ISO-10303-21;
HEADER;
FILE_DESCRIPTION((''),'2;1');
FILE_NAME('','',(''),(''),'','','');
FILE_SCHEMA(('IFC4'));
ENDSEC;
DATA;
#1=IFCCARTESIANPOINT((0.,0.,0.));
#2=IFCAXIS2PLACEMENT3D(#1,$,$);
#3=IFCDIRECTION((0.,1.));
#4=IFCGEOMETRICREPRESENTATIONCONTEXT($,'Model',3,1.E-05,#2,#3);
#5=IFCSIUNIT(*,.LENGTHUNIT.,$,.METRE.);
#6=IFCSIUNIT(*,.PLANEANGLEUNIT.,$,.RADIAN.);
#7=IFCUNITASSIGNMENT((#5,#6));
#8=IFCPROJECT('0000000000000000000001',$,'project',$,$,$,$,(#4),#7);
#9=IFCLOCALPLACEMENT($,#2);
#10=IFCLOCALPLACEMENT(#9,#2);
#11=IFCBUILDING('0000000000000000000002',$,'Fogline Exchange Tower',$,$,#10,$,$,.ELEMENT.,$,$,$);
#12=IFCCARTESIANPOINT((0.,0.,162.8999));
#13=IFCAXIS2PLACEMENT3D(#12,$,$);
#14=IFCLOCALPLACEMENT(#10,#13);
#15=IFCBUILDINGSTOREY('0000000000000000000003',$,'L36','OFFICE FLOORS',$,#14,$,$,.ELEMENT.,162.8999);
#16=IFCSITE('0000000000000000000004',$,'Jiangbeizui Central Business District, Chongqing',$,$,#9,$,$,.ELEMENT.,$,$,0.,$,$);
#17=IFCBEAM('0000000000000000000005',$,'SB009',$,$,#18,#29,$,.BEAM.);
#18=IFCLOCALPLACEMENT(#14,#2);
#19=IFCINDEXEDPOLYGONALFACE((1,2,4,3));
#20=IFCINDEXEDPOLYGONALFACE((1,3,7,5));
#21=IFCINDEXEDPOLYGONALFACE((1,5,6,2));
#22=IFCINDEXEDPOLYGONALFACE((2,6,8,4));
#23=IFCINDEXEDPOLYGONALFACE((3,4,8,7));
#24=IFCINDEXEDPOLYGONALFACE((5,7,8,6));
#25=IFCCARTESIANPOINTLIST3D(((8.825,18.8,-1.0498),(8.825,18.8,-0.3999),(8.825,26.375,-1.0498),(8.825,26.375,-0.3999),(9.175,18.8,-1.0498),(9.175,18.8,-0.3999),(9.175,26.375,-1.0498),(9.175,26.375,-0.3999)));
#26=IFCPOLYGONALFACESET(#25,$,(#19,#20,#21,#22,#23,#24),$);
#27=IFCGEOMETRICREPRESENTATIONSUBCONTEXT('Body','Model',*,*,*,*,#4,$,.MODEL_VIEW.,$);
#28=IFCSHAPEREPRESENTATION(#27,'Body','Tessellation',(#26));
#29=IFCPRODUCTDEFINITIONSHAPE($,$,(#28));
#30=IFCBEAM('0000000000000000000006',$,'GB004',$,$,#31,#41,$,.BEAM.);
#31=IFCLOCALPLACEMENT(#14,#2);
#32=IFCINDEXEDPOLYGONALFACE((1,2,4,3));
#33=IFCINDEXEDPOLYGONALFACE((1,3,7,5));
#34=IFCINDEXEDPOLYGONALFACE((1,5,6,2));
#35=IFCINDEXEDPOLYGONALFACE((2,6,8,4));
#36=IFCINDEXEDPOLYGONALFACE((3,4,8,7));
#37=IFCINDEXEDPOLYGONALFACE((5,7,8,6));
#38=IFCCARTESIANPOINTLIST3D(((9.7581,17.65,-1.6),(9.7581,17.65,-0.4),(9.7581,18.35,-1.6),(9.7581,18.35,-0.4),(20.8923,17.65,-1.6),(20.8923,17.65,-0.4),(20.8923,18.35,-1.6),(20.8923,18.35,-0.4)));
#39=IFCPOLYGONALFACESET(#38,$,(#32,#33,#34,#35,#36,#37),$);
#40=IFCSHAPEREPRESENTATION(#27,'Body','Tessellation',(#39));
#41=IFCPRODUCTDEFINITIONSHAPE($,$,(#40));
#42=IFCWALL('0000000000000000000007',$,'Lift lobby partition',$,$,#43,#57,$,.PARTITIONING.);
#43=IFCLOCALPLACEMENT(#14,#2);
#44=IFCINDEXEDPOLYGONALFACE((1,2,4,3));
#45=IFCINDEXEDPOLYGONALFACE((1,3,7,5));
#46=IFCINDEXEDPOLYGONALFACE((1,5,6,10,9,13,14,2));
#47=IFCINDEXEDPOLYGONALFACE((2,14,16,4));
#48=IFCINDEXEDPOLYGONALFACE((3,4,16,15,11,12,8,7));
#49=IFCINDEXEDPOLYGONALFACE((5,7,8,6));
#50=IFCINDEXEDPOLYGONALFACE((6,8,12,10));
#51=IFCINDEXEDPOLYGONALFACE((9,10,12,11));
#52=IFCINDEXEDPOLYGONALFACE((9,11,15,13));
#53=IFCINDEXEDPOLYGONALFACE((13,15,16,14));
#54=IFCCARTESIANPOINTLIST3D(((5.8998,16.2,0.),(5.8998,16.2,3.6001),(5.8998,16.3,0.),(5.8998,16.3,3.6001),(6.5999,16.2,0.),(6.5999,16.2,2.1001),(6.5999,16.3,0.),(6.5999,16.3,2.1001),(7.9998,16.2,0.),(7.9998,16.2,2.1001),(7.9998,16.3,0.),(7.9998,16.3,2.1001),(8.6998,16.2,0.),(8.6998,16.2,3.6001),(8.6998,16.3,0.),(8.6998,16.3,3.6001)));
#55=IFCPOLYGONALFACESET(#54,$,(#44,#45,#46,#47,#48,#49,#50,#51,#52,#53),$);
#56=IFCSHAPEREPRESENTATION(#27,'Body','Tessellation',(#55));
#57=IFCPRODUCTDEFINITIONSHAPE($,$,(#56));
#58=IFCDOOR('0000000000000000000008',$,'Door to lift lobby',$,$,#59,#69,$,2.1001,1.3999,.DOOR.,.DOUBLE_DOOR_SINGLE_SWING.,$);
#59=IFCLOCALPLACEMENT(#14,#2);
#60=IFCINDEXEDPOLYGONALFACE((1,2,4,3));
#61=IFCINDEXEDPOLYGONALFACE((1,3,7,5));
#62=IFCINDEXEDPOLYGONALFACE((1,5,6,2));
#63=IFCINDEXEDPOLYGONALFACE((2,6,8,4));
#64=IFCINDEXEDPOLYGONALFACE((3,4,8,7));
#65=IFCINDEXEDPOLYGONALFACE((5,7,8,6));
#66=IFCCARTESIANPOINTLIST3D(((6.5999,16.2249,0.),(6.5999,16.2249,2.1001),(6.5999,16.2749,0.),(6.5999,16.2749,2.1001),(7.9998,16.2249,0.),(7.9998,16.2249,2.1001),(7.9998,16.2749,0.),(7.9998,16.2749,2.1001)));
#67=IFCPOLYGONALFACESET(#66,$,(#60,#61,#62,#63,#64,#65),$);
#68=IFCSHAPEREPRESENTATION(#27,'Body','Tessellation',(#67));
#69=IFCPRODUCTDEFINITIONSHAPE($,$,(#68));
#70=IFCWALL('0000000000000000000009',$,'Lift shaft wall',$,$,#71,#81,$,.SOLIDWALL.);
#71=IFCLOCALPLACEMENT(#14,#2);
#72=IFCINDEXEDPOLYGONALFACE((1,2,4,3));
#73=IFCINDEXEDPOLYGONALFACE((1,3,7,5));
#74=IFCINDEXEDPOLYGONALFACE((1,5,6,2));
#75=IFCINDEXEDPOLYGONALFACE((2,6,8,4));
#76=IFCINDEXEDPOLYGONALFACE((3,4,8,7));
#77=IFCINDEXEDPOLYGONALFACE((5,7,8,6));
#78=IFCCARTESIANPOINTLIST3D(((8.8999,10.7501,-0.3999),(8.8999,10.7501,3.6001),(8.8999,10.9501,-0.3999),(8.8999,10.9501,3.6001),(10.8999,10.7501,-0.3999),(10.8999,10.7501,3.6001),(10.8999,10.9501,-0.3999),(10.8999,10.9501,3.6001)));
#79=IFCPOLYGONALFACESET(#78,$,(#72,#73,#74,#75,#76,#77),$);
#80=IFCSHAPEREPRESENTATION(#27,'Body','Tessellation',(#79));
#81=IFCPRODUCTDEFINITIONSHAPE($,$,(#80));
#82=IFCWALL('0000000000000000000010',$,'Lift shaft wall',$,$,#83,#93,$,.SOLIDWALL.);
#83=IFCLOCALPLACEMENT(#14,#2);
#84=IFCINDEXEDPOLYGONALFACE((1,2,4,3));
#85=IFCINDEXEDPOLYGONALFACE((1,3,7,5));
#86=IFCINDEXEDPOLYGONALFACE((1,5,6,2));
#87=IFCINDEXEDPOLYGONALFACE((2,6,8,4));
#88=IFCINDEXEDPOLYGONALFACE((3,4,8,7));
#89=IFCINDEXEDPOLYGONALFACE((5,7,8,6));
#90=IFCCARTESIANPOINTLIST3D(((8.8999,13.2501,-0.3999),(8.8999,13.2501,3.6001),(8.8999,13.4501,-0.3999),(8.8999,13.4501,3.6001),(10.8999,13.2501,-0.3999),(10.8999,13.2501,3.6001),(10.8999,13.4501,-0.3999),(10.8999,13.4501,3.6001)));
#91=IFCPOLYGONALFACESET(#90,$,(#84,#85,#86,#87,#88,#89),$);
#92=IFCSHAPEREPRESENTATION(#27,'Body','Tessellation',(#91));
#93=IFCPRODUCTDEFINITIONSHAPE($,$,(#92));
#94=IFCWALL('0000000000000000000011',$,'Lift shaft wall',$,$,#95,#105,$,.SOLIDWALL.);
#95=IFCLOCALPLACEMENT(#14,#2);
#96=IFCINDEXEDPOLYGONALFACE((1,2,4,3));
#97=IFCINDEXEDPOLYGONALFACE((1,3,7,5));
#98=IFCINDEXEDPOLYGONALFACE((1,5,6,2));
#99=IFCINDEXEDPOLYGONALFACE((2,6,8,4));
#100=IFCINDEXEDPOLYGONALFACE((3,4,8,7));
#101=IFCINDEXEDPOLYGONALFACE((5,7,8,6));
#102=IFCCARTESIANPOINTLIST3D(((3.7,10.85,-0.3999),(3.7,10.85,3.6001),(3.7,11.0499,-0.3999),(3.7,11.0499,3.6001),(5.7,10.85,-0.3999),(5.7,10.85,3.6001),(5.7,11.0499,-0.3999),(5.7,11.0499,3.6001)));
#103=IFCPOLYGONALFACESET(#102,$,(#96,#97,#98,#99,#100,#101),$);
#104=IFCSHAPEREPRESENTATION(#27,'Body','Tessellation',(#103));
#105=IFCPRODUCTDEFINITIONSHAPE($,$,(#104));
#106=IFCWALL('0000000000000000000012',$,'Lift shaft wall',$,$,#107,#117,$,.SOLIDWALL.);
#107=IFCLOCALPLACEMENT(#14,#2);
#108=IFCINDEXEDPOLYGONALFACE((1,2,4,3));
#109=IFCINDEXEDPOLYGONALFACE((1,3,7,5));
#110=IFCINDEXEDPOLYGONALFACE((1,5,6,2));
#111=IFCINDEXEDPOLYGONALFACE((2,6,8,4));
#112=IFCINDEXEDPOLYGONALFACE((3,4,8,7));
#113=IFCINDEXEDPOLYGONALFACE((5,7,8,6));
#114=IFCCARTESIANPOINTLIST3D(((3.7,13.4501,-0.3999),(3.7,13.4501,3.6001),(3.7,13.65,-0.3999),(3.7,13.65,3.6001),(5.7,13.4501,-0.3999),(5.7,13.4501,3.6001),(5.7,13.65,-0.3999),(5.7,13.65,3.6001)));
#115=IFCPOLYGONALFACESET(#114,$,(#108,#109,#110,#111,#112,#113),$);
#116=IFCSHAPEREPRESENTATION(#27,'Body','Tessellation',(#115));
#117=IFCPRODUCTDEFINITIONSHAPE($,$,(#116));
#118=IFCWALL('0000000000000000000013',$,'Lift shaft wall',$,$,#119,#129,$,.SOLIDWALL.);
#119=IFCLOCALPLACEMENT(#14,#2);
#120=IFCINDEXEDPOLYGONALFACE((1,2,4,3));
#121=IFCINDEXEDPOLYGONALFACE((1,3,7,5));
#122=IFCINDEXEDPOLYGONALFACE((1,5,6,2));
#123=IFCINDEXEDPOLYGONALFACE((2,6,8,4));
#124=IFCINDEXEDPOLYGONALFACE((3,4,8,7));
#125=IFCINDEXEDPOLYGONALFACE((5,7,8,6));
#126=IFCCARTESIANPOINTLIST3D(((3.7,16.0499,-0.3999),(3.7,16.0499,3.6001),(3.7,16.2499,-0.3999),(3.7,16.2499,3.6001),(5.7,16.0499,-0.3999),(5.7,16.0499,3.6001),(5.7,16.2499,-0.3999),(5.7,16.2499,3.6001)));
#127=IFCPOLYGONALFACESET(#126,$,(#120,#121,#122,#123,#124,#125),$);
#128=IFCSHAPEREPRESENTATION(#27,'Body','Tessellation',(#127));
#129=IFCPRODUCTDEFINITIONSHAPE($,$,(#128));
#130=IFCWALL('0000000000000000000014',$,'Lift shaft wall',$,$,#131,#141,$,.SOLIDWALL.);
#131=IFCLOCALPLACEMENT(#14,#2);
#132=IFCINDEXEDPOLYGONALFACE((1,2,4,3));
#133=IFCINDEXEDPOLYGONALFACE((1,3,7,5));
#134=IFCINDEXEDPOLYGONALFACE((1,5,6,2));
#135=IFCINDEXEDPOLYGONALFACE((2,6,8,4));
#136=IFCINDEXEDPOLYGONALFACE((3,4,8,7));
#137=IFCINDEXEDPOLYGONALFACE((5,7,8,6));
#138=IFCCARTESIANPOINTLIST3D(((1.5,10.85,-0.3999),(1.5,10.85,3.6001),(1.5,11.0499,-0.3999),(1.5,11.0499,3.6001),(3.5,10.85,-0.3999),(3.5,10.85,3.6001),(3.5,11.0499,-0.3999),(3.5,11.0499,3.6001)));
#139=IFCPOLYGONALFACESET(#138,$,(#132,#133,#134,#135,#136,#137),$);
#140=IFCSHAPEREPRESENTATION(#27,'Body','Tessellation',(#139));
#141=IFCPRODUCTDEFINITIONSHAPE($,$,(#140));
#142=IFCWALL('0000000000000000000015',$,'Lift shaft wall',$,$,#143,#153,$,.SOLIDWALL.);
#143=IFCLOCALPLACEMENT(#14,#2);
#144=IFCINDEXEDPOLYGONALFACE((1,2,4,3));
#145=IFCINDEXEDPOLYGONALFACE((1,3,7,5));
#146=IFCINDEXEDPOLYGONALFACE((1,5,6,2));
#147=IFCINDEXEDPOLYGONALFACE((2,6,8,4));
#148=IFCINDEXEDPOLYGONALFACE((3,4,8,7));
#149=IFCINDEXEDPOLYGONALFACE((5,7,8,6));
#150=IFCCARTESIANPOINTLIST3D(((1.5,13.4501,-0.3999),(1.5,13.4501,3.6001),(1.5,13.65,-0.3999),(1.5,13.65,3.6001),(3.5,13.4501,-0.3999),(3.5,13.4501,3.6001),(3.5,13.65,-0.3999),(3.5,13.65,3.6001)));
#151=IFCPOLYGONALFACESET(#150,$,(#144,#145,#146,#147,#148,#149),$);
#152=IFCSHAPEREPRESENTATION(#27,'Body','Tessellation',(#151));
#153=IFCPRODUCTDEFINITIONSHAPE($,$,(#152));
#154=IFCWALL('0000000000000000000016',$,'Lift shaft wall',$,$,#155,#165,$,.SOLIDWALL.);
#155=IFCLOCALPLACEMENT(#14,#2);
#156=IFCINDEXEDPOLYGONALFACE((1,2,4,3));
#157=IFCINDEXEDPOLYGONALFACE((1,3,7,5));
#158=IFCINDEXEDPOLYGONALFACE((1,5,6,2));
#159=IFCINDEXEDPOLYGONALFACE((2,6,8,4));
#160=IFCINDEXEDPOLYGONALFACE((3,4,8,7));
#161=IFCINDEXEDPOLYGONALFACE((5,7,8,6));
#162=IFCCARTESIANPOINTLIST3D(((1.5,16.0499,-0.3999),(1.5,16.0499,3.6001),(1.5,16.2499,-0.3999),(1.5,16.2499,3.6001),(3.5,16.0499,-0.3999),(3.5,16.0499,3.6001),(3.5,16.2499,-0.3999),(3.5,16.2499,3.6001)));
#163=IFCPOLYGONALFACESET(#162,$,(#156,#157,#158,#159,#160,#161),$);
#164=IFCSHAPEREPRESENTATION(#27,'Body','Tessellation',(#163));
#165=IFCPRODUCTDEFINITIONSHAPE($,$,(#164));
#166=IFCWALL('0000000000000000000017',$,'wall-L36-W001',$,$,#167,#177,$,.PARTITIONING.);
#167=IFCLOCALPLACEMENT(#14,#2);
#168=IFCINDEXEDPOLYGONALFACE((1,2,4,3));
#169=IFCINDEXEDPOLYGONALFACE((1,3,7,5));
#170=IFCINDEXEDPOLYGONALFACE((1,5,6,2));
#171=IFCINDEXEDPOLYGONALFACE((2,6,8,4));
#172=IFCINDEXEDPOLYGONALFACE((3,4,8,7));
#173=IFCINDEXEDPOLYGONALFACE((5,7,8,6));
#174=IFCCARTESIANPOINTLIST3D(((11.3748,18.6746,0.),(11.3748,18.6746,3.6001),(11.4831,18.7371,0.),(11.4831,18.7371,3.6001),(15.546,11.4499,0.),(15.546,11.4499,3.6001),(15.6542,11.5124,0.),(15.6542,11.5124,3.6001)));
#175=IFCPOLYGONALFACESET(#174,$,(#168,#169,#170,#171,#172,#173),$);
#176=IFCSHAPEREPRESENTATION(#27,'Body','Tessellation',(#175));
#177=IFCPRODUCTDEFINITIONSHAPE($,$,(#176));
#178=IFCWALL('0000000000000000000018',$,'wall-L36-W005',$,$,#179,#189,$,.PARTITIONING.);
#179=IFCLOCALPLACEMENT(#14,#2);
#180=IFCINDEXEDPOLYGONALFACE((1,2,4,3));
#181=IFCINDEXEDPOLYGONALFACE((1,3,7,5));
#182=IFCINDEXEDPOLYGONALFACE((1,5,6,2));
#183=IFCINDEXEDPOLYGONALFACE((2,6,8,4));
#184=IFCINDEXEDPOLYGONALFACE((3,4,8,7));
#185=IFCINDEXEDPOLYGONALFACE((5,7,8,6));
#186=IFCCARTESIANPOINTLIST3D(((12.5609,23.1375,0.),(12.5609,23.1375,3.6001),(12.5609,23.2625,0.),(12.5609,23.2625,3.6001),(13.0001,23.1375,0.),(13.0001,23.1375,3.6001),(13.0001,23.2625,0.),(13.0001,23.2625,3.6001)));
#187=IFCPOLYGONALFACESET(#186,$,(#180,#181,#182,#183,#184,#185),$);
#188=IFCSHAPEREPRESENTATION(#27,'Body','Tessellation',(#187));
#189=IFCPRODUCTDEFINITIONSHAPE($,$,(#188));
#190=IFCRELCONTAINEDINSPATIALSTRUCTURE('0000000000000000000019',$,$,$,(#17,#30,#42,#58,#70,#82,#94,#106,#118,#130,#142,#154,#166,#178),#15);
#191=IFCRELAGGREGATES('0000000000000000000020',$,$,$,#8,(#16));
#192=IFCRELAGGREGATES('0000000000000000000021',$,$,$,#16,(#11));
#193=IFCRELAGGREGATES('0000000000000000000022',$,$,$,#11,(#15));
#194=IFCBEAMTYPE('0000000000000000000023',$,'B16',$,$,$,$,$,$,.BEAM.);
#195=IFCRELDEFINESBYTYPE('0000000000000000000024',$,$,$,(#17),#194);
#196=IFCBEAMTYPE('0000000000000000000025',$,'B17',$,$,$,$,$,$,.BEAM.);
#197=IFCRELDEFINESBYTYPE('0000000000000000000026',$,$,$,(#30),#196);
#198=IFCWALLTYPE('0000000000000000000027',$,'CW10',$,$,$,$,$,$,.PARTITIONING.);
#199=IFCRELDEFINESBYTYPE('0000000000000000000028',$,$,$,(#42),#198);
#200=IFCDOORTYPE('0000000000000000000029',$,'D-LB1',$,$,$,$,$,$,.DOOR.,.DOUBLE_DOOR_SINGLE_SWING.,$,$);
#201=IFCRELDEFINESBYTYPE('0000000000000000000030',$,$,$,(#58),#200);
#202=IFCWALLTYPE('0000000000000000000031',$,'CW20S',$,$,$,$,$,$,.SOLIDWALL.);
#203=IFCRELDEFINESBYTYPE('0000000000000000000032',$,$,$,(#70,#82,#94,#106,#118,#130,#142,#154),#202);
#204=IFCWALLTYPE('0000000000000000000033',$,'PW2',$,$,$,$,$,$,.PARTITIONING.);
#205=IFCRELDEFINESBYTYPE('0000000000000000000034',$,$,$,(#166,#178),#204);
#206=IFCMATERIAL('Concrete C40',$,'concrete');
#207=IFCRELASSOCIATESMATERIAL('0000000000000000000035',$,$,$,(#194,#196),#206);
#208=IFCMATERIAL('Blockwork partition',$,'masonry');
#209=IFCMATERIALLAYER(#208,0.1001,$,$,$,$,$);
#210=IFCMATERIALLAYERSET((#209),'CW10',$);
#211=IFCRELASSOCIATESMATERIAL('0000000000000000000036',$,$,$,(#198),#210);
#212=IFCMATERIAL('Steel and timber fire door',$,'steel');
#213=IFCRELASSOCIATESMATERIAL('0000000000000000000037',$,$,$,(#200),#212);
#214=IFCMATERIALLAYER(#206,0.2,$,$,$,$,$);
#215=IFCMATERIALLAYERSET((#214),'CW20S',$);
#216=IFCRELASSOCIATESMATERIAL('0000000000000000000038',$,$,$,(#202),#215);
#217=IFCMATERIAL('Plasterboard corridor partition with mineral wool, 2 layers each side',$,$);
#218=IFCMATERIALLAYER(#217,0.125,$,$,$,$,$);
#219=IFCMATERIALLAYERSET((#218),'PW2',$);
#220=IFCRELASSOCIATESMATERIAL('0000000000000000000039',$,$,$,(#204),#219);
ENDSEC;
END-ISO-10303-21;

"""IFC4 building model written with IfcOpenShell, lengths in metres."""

from ifc_helpers import new_model, si_unit, direction, frame, frame_2d, origin, origin_2d, place, context, subcontext, project, spatial, rectangle, extrude, material, layer, layer_set, material_profile, profile_set, type_object, element, fill, save


model = new_model("IFC4")

# Units and contexts
model_context = context("Model", 3, precision=1e-05, world=origin(), true_north=direction((0.0, 1.0)))
body_context = subcontext(model_context, "Body", "Model", "MODEL_VIEW")
ifc_project = project(units=[si_unit("LENGTHUNIT", "METRE"), si_unit("PLANEANGLEUNIT", "RADIAN")], contexts=[model_context])

# Site, building, storey
site_placement = place(None, origin())
site = spatial("IfcSite", under=ifc_project, at=site_placement, Name="Jiangbeizui Central Business District, Chongqing", CompositionType="ELEMENT", RefElevation=0.0)
building_placement = place(site_placement, origin())
building = spatial("IfcBuilding", under=site, at=building_placement, Name="Fogline Exchange Tower", CompositionType="ELEMENT")
storey_placement = place(building_placement, frame((0.0, 0.0, 162.8999)))
storey = spatial("IfcBuildingStorey", under=building, at=storey_placement, Name="L36", Description="OFFICE FLOORS", CompositionType="ELEMENT", Elevation=162.8999)

# Beams
ifc_material_1 = material(Name="Concrete C40", Category="concrete")
ifc_material_profile_1 = material_profile(ifc_material_1, rectangle(XDim=0.3501, YDim=0.6499, at=origin_2d()), Name="RC 350x650")
ifc_profile_set_1 = profile_set([ifc_material_profile_1], Name="Concrete C40")
beam_type_1 = type_object("IfcBeamType", Name="B16", PredefinedType="BEAM", material=ifc_profile_set_1)
beam_1_placement = place(storey_placement, frame((9.0, 18.8, -0.7249), z_axis=(0.0, 1.0, 0.0), x_axis=(-1.0, 0.0, 0.0)))
element("IfcBeam", 1, at=beam_1_placement, inside=storey, type_object=beam_type_1, Name="SB009", PredefinedType="BEAM", context=body_context, shape_type="SweptSolid", body=[
    extrude(rectangle(XDim=0.3501, YDim=0.6499, at=origin_2d()), origin(), (0.0, 0.0, 1.0), 7.575),
])
ifc_material_profile_2 = material_profile(ifc_material_1, rectangle(XDim=0.7, YDim=1.2, at=origin_2d()), Name="RC 700x1200")
ifc_profile_set_2 = profile_set([ifc_material_profile_2], Name="Concrete C40")
beam_type_2 = type_object("IfcBeamType", Name="B17", PredefinedType="BEAM", material=ifc_profile_set_2)
beam_2_placement = place(storey_placement, frame((9.7581, 18.0, -1.0), z_axis=(1.0, 0.0, 0.0), x_axis=(0.0, 1.0, 0.0)))
element("IfcBeam", 2, at=beam_2_placement, inside=storey, type_object=beam_type_2, Name="GB004", PredefinedType="BEAM", context=body_context, shape_type="SweptSolid", body=[
    extrude(rectangle(XDim=0.7, YDim=1.2, at=origin_2d()), origin(), (0.0, 0.0, 1.0), 11.1343),
])

# Wall, opening, door
ifc_material_2 = material(Name="Blockwork partition", Category="masonry")
ifc_layer_1 = layer(ifc_material_2, 0.1001)
ifc_layer_set_1 = layer_set([ifc_layer_1], Name="CW10")
wall_type_1 = type_object("IfcWallType", Name="CW10", PredefinedType="PARTITIONING", material=ifc_layer_set_1)
wall_1_placement = place(storey_placement, frame((5.8999, 16.25, 0.0), z_axis=(0.0, 0.0, 1.0), x_axis=(1.0, 0.0, 0.0)))
wall_1 = element("IfcWall", 3, at=wall_1_placement, inside=storey, type_object=wall_type_1, Name="Lift lobby partition", PredefinedType="PARTITIONING", context=body_context, shape_type="SweptSolid", body=[
    extrude(rectangle(XDim=2.8, YDim=0.1001, at=frame_2d((1.3999, 0.0))), origin(), (0.0, 0.0, 1.0), 3.6001),
])
opening_1_placement = place(wall_1_placement, frame((0.7, 0.0, 0.0)))
opening_1 = element("IfcOpeningElement", 4, at=opening_1_placement, cuts=wall_1, PredefinedType="OPENING", context=body_context, shape_type="SweptSolid", body=[
    extrude(rectangle(XDim=1.3999, YDim=2.1001, at=frame_2d((0.7, 1.05))), frame((0.0, 0.0601, 0.0), z_axis=(0.0, -1.0, 0.0), x_axis=(1.0, 0.0, 0.0)), (0.0, 0.0, 1.0), 0.1201),
])
ifc_material_3 = material(Name="Steel and timber fire door", Category="steel")
door_type_1 = type_object("IfcDoorType", Name="D-LB1", OperationType="DOUBLE_DOOR_SINGLE_SWING", PredefinedType="DOOR", material=ifc_material_3)
door_1_placement = place(opening_1_placement, origin())
door_1 = element("IfcDoor", 5, at=door_1_placement, inside=storey, type_object=door_type_1, Name="Door to lift lobby", OperationType="DOUBLE_DOOR_SINGLE_SWING", OverallHeight=2.1001, OverallWidth=1.3999, PredefinedType="DOOR", context=body_context, shape_type="SweptSolid", body=[
    extrude(rectangle(XDim=1.3999, YDim=2.1001, at=frame_2d((0.7, 1.05))), frame((0.0, 0.0249, 0.0), z_axis=(0.0, -1.0, 0.0), x_axis=(1.0, 0.0, 0.0)), (0.0, 0.0, 1.0), 0.05),
])
fill(opening_1, door_1)

# Walls
ifc_layer_2 = layer(ifc_material_1, 0.2)
ifc_layer_set_2 = layer_set([ifc_layer_2], Name="CW20S")
wall_type_2 = type_object("IfcWallType", Name="CW20S", PredefinedType="SOLIDWALL", material=ifc_layer_set_2)
for number, where, z_axis, x_axis, name in (
    (6, (8.8999, 10.8501, -0.3999), (0.0, 0.0, 1.0), (1.0, 0.0, 0.0), "Lift shaft wall"),
    (7, (8.8999, 13.3501, -0.3999), (0.0, 0.0, 1.0), (1.0, 0.0, 0.0), "Lift shaft wall"),
    (8, (3.7, 10.95, -0.3999), (0.0, 0.0, 1.0), (1.0, 0.0, 0.0), "Lift shaft wall"),
    (9, (3.7, 13.55, -0.3999), (0.0, 0.0, 1.0), (1.0, 0.0, 0.0), "Lift shaft wall"),
    (10, (3.7, 16.1499, -0.3999), (0.0, 0.0, 1.0), (1.0, 0.0, 0.0), "Lift shaft wall"),
    (11, (1.5, 10.95, -0.3999), (0.0, 0.0, 1.0), (1.0, 0.0, 0.0), "Lift shaft wall"),
    (12, (1.5, 13.55, -0.3999), (0.0, 0.0, 1.0), (1.0, 0.0, 0.0), "Lift shaft wall"),
    (13, (1.5, 16.1499, -0.3999), (0.0, 0.0, 1.0), (1.0, 0.0, 0.0), "Lift shaft wall"),
):
    element("IfcWall", number, at=place(storey_placement, frame(where, z_axis=z_axis, x_axis=x_axis)), inside=storey, type_object=wall_type_2, Name=name, PredefinedType="SOLIDWALL", context=body_context, shape_type="SweptSolid", body=[
        extrude(rectangle(XDim=2.0, YDim=0.2, at=frame_2d((1.0, 0.0))), origin(), (0.0, 0.0, 1.0), 4.0),
    ])
ifc_material_4 = material(Name="Plasterboard corridor partition with mineral wool, 2 layers each side")
ifc_layer_3 = layer(ifc_material_4, 0.125)
ifc_layer_set_3 = layer_set([ifc_layer_3], Name="PW2")
wall_type_3 = type_object("IfcWallType", Name="PW2", PredefinedType="PARTITIONING", material=ifc_layer_set_3)
wall_2_placement = place(storey_placement, frame((11.429, 18.7058, 0.0), z_axis=(0.0, 0.0, 1.0), x_axis=(0.500001, -0.866025, 0.0)))
element("IfcWall", 14, at=wall_2_placement, inside=storey, type_object=wall_type_3, Name="wall-L36-W001", PredefinedType="PARTITIONING", context=body_context, shape_type="SweptSolid", body=[
    extrude(rectangle(XDim=8.3423, YDim=0.125, at=frame_2d((4.1711, 0.0))), origin(), (0.0, 0.0, 1.0), 3.6001),
])
wall_3_placement = place(storey_placement, frame((12.5608, 23.2, 0.0), z_axis=(0.0, 0.0, 1.0), x_axis=(1.0, 0.0, 0.0)))
element("IfcWall", 15, at=wall_3_placement, inside=storey, type_object=wall_type_3, Name="wall-L36-W005", PredefinedType="PARTITIONING", context=body_context, shape_type="SweptSolid", body=[
    extrude(rectangle(XDim=0.4392, YDim=0.125, at=frame_2d((0.2197, 0.0))), origin(), (0.0, 0.0, 1.0), 3.6001),
])

save(model, "model.ifc")
